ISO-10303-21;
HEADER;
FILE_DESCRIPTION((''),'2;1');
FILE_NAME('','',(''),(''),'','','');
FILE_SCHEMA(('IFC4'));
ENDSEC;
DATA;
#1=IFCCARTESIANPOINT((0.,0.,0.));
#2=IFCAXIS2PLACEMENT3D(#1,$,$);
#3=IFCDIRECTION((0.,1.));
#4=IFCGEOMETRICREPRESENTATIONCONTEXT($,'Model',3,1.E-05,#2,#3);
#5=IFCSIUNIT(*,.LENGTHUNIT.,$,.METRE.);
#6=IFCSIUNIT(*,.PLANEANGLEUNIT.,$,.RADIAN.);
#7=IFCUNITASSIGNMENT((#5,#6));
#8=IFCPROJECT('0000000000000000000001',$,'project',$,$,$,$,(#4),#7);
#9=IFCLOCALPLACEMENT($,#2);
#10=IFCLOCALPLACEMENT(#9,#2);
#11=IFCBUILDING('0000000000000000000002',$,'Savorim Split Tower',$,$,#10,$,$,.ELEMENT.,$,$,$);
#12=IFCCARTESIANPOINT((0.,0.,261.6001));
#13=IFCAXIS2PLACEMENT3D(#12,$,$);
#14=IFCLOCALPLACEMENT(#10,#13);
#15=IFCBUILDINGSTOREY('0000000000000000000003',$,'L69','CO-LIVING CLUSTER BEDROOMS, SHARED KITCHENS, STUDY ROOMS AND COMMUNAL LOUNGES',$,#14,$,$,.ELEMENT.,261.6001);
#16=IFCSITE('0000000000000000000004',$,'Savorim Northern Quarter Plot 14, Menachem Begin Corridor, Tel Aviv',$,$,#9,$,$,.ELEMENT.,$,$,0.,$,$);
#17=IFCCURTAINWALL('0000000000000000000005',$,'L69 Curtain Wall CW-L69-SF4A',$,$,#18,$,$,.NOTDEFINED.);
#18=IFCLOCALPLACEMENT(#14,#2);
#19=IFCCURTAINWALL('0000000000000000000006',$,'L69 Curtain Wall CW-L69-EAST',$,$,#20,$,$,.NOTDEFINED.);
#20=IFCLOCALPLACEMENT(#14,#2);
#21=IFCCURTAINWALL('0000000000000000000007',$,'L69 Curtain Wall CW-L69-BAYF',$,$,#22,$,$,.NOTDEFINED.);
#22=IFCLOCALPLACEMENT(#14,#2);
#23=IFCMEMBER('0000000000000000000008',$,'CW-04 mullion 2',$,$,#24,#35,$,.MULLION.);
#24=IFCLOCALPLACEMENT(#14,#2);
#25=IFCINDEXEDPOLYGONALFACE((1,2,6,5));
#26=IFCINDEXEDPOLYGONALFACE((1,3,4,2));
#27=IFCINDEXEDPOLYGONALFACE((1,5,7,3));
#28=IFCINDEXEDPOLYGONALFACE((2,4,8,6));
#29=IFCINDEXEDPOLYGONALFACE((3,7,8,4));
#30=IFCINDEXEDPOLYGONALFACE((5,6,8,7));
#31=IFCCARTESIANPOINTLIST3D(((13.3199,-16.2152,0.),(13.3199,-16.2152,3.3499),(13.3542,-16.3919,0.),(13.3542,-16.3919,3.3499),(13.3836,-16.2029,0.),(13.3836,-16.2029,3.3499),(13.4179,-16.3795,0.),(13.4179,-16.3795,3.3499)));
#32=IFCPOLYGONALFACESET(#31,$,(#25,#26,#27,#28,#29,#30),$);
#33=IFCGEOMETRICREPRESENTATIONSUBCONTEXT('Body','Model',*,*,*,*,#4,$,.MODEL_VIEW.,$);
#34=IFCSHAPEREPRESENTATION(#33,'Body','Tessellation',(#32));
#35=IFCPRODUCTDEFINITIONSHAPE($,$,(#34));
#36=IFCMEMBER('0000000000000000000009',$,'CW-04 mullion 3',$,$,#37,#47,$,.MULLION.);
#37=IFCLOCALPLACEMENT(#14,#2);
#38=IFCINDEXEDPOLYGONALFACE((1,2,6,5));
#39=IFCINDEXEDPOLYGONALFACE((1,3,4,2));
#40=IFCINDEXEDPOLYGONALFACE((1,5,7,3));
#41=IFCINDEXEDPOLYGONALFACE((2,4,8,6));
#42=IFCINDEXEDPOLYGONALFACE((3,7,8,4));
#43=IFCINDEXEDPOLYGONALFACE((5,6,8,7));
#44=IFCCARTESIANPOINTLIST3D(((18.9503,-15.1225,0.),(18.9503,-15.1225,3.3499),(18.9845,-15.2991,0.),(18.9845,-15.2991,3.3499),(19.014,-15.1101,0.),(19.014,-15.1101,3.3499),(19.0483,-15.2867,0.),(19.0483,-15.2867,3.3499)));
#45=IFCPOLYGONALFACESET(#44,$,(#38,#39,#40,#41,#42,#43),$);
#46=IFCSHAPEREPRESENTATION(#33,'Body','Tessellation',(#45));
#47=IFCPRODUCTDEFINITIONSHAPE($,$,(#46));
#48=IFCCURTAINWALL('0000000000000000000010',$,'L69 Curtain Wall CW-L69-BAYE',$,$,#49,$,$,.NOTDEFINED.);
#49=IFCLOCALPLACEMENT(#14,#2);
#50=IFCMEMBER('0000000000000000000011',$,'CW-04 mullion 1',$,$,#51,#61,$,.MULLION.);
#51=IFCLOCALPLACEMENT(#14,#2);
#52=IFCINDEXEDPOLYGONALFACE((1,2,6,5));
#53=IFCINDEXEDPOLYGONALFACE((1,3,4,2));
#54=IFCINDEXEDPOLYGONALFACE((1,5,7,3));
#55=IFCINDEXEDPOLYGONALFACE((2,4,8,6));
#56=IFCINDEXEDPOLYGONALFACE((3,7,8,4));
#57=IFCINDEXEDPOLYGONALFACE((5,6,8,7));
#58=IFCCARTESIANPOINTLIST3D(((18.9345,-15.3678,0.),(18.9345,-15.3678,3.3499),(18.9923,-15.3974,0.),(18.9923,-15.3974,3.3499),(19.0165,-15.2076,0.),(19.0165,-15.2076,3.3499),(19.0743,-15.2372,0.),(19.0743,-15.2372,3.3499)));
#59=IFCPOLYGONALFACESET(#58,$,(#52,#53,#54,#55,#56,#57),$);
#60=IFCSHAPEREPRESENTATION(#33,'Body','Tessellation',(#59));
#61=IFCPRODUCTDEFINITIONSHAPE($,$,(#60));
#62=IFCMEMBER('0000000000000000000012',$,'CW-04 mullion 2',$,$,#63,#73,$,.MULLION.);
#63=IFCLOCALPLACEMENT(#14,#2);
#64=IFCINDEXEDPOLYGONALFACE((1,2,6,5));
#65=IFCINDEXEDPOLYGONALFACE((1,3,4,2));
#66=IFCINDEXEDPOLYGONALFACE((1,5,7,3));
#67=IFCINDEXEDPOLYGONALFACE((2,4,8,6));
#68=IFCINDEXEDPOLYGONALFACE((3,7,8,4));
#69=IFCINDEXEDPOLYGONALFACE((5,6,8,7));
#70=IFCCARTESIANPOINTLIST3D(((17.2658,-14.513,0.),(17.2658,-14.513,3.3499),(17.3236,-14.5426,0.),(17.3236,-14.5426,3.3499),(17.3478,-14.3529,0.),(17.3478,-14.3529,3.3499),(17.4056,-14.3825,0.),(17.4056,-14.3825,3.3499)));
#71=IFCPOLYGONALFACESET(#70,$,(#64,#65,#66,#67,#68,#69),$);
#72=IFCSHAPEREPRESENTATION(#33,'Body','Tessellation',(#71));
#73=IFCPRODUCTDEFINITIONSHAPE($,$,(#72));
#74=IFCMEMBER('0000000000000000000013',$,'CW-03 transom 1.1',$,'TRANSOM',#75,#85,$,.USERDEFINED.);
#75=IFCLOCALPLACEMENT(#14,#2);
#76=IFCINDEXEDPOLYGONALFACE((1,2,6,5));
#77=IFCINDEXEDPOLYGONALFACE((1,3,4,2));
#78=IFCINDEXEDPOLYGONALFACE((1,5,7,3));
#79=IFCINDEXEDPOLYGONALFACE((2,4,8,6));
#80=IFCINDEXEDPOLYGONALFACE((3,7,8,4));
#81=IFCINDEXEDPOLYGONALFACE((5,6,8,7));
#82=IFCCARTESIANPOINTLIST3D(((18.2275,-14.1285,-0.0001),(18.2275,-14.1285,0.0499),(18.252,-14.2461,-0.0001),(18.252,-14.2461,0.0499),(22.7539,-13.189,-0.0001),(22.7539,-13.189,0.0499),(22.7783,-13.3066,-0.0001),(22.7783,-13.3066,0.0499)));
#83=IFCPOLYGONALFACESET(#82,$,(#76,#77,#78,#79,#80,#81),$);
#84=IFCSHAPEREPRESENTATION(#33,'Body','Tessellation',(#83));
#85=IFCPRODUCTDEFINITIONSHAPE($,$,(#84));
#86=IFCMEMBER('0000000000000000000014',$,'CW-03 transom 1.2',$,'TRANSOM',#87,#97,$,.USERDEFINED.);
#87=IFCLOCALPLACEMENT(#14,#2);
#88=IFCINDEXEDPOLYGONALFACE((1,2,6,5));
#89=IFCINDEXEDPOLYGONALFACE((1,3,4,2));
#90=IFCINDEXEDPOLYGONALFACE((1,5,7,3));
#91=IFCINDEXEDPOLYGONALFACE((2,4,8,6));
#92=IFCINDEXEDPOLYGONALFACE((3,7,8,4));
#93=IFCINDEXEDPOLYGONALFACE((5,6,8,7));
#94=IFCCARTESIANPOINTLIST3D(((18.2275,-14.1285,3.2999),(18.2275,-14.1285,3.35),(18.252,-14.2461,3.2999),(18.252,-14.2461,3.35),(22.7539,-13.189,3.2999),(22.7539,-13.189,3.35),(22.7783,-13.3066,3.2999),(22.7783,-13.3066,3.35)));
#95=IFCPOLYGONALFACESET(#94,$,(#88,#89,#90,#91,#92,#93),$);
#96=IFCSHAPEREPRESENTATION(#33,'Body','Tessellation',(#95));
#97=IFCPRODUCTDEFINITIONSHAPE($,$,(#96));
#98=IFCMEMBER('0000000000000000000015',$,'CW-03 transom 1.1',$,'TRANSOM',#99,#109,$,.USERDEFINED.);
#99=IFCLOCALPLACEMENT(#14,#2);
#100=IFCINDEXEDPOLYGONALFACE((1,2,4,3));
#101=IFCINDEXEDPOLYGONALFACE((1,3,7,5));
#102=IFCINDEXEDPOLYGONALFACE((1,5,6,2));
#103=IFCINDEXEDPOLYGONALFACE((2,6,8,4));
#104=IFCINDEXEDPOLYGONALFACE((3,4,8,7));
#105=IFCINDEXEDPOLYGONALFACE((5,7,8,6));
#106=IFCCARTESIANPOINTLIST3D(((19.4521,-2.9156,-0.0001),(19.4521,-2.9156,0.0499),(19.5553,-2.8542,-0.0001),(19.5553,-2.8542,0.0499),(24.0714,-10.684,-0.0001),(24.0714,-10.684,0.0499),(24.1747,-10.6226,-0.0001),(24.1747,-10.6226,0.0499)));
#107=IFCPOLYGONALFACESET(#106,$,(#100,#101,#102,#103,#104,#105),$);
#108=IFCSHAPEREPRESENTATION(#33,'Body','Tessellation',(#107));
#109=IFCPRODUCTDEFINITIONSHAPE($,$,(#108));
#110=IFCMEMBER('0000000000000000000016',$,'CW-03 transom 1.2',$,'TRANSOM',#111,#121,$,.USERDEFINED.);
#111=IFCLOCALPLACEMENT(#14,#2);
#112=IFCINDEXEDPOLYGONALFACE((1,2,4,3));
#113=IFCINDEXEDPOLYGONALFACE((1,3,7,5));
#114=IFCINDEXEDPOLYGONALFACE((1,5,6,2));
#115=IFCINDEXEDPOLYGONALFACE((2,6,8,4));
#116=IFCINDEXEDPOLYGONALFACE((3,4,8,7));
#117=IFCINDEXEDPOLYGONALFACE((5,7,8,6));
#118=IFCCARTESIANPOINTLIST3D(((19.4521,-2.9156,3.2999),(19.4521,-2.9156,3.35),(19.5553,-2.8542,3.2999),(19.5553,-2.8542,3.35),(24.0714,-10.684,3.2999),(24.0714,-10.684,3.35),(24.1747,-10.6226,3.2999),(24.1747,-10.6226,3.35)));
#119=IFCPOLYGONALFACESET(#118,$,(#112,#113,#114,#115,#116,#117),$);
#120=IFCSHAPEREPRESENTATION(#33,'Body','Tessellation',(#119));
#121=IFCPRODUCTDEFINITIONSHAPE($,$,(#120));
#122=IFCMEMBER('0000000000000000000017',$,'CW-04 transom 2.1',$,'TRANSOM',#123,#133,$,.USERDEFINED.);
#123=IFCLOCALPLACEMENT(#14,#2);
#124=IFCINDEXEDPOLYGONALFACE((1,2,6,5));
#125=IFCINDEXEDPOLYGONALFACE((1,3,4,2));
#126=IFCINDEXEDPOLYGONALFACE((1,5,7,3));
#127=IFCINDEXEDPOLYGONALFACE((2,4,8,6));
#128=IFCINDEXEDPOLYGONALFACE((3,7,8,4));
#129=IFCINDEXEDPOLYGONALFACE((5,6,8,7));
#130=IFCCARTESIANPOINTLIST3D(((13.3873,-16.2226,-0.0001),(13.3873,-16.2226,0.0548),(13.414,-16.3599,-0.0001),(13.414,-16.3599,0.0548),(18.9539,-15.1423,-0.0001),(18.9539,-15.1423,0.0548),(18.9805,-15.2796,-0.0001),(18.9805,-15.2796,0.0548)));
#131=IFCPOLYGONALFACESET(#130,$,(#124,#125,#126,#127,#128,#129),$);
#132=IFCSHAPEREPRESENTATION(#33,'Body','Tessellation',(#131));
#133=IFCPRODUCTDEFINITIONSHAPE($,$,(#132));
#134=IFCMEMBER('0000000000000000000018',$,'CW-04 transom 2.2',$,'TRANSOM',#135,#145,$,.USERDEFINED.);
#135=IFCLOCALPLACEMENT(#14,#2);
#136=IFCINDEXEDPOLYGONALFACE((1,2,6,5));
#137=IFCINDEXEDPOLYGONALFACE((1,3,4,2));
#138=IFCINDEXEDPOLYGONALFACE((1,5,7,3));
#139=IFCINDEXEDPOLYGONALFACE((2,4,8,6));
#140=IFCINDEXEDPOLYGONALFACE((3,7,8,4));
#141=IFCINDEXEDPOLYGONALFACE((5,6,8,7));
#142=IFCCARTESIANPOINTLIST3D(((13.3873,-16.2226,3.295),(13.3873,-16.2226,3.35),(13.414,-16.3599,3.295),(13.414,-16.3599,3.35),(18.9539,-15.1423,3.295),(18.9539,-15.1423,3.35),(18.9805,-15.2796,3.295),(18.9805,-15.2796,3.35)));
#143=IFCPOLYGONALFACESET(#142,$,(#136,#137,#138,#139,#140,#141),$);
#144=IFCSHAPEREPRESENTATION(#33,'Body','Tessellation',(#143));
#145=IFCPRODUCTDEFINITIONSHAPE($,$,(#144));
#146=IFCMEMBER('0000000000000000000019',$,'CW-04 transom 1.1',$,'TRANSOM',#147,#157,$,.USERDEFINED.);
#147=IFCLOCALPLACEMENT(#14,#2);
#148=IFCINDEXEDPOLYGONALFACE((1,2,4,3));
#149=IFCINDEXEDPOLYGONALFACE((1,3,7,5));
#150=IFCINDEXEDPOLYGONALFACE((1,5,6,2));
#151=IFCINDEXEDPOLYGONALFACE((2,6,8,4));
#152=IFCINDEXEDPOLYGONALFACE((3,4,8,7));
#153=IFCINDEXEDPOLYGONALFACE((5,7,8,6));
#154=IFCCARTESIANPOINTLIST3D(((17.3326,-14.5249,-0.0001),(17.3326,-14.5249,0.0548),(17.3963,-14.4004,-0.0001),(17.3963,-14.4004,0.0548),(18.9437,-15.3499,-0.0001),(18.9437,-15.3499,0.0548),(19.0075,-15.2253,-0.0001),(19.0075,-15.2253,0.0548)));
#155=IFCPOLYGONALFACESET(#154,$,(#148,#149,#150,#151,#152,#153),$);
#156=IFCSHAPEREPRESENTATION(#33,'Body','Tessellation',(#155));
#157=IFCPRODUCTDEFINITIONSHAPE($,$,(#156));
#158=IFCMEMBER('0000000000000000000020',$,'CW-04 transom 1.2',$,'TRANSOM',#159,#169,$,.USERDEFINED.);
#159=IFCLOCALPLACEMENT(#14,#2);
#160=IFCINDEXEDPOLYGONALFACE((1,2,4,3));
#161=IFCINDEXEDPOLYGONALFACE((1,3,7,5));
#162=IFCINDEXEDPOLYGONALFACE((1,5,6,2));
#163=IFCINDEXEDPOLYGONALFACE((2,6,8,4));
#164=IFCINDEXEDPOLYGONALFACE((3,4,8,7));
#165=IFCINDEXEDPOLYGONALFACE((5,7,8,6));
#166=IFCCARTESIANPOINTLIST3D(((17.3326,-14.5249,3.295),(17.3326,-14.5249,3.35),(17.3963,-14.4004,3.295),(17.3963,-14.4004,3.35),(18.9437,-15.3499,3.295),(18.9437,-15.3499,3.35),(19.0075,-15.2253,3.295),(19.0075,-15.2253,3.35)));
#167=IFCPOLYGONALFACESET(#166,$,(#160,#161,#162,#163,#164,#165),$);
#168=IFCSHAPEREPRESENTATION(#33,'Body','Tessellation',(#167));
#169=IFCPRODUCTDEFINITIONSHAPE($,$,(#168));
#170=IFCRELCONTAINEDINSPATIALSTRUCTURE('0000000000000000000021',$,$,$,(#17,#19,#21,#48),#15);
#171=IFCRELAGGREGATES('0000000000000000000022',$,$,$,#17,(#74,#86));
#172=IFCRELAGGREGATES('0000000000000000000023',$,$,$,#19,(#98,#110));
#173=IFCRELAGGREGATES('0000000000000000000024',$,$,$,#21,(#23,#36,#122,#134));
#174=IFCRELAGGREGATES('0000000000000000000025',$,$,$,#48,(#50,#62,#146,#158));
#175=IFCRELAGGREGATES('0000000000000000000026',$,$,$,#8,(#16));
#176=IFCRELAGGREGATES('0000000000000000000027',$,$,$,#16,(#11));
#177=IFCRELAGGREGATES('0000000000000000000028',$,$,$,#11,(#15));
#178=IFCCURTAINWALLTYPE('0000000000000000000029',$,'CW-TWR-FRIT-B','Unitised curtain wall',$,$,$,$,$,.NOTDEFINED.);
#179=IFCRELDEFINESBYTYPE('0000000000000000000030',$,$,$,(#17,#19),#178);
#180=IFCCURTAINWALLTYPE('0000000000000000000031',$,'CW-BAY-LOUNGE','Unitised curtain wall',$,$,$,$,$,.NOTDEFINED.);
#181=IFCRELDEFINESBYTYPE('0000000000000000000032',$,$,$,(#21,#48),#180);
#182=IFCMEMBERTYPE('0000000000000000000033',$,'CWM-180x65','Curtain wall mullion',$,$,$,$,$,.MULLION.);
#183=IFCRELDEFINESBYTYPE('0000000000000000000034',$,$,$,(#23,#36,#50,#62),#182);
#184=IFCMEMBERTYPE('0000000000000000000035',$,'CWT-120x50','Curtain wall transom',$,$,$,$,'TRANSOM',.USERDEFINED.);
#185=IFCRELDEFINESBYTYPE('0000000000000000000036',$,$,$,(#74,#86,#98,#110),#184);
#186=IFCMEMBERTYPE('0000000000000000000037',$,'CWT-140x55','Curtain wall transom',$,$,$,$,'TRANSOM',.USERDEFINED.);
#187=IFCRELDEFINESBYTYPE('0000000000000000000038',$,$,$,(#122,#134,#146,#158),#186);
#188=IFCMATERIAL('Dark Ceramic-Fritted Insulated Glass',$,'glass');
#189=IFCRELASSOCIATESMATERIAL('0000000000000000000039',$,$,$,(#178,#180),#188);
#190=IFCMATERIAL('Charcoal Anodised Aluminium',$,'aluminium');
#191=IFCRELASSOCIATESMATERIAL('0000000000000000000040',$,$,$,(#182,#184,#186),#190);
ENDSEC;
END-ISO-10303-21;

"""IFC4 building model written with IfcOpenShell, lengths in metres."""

from ifc_helpers import new_model, si_unit, direction, frame, origin, origin_2d, place, context, subcontext, project, spatial, rectangle, extrude, material, material_profile, profile_set, type_object, element, aggregate, save


model = new_model("IFC4")

# Units and contexts
model_context = context("Model", 3, precision=1e-05, world=origin(), true_north=direction((0.0, 1.0)))
body_context = subcontext(model_context, "Body", "Model", "MODEL_VIEW")
ifc_project = project(units=[si_unit("LENGTHUNIT", "METRE"), si_unit("PLANEANGLEUNIT", "RADIAN")], contexts=[model_context])

# Site, building, storey
site_placement = place(None, origin())
site = spatial("IfcSite", under=ifc_project, at=site_placement, Name="Savorim Northern Quarter Plot 14, Menachem Begin Corridor, Tel Aviv", CompositionType="ELEMENT", RefElevation=0.0)
building_placement = place(site_placement, origin())
building = spatial("IfcBuilding", under=site, at=building_placement, Name="Savorim Split Tower", CompositionType="ELEMENT")
storey_placement = place(building_placement, frame((0.0, 0.0, 261.6001)))
storey = spatial("IfcBuildingStorey", under=building, at=storey_placement, Name="L69", Description="CO-LIVING CLUSTER BEDROOMS, SHARED KITCHENS, STUDY ROOMS AND COMMUNAL LOUNGES", CompositionType="ELEMENT", Elevation=261.6001)

# Curtain wall
ifc_material_1 = material(Name="Dark Ceramic-Fritted Insulated Glass", Category="glass")
curtain_wall_type_1 = type_object("IfcCurtainWallType", Name="CW-TWR-FRIT-B", Description="Unitised curtain wall", PredefinedType="NOTDEFINED", material=ifc_material_1)
curtain_wall_1_placement = place(storey_placement, origin())
curtain_wall_1 = element("IfcCurtainWall", 1, at=curtain_wall_1_placement, inside=storey, type_object=curtain_wall_type_1, Name="L69 Curtain Wall CW-L69-SF4A", PredefinedType="NOTDEFINED")
ifc_material_2 = material(Name="Charcoal Anodised Aluminium", Category="aluminium")

# Curtain wall
curtain_wall_2_placement = place(storey_placement, origin())
curtain_wall_2 = element("IfcCurtainWall", 2, at=curtain_wall_2_placement, inside=storey, type_object=curtain_wall_type_1, Name="L69 Curtain Wall CW-L69-EAST", PredefinedType="NOTDEFINED")

# Curtain walls, members
curtain_wall_type_2 = type_object("IfcCurtainWallType", Name="CW-BAY-LOUNGE", Description="Unitised curtain wall", PredefinedType="NOTDEFINED", material=ifc_material_1)
curtain_wall_3_placement = place(storey_placement, origin())
curtain_wall_3 = element("IfcCurtainWall", 3, at=curtain_wall_3_placement, inside=storey, type_object=curtain_wall_type_2, Name="L69 Curtain Wall CW-L69-BAYF", PredefinedType="NOTDEFINED")
ifc_material_profile_1 = material_profile(ifc_material_2, rectangle(XDim=0.1799, YDim=0.0649, at=origin_2d()), Name="ALU-M 180x65")
ifc_profile_set_1 = profile_set([ifc_material_profile_1], Name="Charcoal Anodised Aluminium")
member_type_1 = type_object("IfcMemberType", Name="CWM-180x65", Description="Curtain wall mullion", PredefinedType="MULLION", material=ifc_profile_set_1)
member_1_placement = place(storey_placement, frame((13.3689, -16.2974, 0.0), z_axis=(0.0, 0.0, 1.0), x_axis=(-0.19052, 0.981683, 0.0)))
member_1 = element("IfcMember", 4, at=member_1_placement, type_object=member_type_1, Name="CW-04 mullion 2", PredefinedType="MULLION", context=body_context, shape_type="SweptSolid", body=[
    extrude(rectangle(XDim=0.1799, YDim=0.0649, at=origin_2d()), origin(), (0.0, 0.0, 1.0), 3.3499),
])
member_2_placement = place(storey_placement, frame((18.9993, -15.2046, 0.0), z_axis=(0.0, 0.0, 1.0), x_axis=(-0.19052, 0.981683, 0.0)))
member_2 = element("IfcMember", 5, at=member_2_placement, type_object=member_type_1, Name="CW-04 mullion 3", PredefinedType="MULLION", context=body_context, shape_type="SweptSolid", body=[
    extrude(rectangle(XDim=0.1799, YDim=0.0649, at=origin_2d()), origin(), (0.0, 0.0, 1.0), 3.3499),
])
curtain_wall_4_placement = place(storey_placement, origin())
curtain_wall_4 = element("IfcCurtainWall", 6, at=curtain_wall_4_placement, inside=storey, type_object=curtain_wall_type_2, Name="L69 Curtain Wall CW-L69-BAYE", PredefinedType="NOTDEFINED")
member_3_placement = place(storey_placement, frame((19.0044, -15.3025, 0.0), z_axis=(0.0, 0.0, 1.0), x_axis=(-0.455832, -0.890066, 0.0)))
member_3 = element("IfcMember", 7, at=member_3_placement, type_object=member_type_1, Name="CW-04 mullion 1", PredefinedType="MULLION", context=body_context, shape_type="SweptSolid", body=[
    extrude(rectangle(XDim=0.1799, YDim=0.0649, at=origin_2d()), origin(), (0.0, 0.0, 1.0), 3.3499),
])
member_4_placement = place(storey_placement, frame((17.3357, -14.4478, 0.0), z_axis=(0.0, 0.0, 1.0), x_axis=(-0.455832, -0.890066, 0.0)))
member_4 = element("IfcMember", 8, at=member_4_placement, type_object=member_type_1, Name="CW-04 mullion 2", PredefinedType="MULLION", context=body_context, shape_type="SweptSolid", body=[
    extrude(rectangle(XDim=0.1799, YDim=0.0649, at=origin_2d()), origin(), (0.0, 0.0, 1.0), 3.3499),
])

# Members
ifc_material_profile_2 = material_profile(ifc_material_2, rectangle(XDim=0.1201, YDim=0.05, at=origin_2d()), Name="ALU-T 120x50")
ifc_profile_set_2 = profile_set([ifc_material_profile_2], Name="Charcoal Anodised Aluminium")
member_type_2 = type_object("IfcMemberType", Name="CWT-120x50", Description="Curtain wall transom", ElementType="TRANSOM", PredefinedType="USERDEFINED", material=ifc_profile_set_2)
member_5_placement = place(storey_placement, frame((18.2397, -14.1873, 0.0249), z_axis=(0.979133, 0.20322, 0.0), x_axis=(-0.20322, 0.979133, 0.0)))
member_5 = element("IfcMember", 9, at=member_5_placement, type_object=member_type_2, Name="CW-03 transom 1.1", ObjectType="TRANSOM", PredefinedType="USERDEFINED", context=body_context, shape_type="SweptSolid", body=[
    extrude(rectangle(XDim=0.1201, YDim=0.05, at=origin_2d()), origin(), (0.0, 0.0, 1.0), 4.6228),
])
member_6_placement = place(storey_placement, frame((18.2397, -14.1873, 3.325), z_axis=(0.979133, 0.20322, 0.0), x_axis=(-0.20322, 0.979133, 0.0)))
member_6 = element("IfcMember", 10, at=member_6_placement, type_object=member_type_2, Name="CW-03 transom 1.2", ObjectType="TRANSOM", PredefinedType="USERDEFINED", context=body_context, shape_type="SweptSolid", body=[
    extrude(rectangle(XDim=0.1201, YDim=0.05, at=origin_2d()), origin(), (0.0, 0.0, 1.0), 4.6228),
])
member_7_placement = place(storey_placement, frame((24.123, -10.6533, 0.0249), z_axis=(-0.511095, 0.859524, 0.0), x_axis=(-0.859524, -0.511095, 0.0)))
member_7 = element("IfcMember", 11, at=member_7_placement, type_object=member_type_2, Name="CW-03 transom 1.1", ObjectType="TRANSOM", PredefinedType="USERDEFINED", context=body_context, shape_type="SweptSolid", body=[
    extrude(rectangle(XDim=0.1201, YDim=0.05, at=origin_2d()), origin(), (0.0, 0.0, 1.0), 9.0381),
])
member_8_placement = place(storey_placement, frame((24.123, -10.6533, 3.325), z_axis=(-0.511095, 0.859524, 0.0), x_axis=(-0.859524, -0.511095, 0.0)))
member_8 = element("IfcMember", 12, at=member_8_placement, type_object=member_type_2, Name="CW-03 transom 1.2", ObjectType="TRANSOM", PredefinedType="USERDEFINED", context=body_context, shape_type="SweptSolid", body=[
    extrude(rectangle(XDim=0.1201, YDim=0.05, at=origin_2d()), origin(), (0.0, 0.0, 1.0), 9.0381),
])
ifc_material_profile_3 = material_profile(ifc_material_2, rectangle(XDim=0.1399, YDim=0.0549, at=origin_2d()), Name="ALU-T 140x55")
ifc_profile_set_3 = profile_set([ifc_material_profile_3], Name="Charcoal Anodised Aluminium")
member_type_3 = type_object("IfcMemberType", Name="CWT-140x55", Description="Curtain wall transom", ElementType="TRANSOM", PredefinedType="USERDEFINED", material=ifc_profile_set_3)
member_9_placement = place(storey_placement, frame((13.4006, -16.2913, 0.0273), z_axis=(0.981684, 0.190516, 0.0), x_axis=(-0.190516, 0.981684, 0.0)))
member_9 = element("IfcMember", 13, at=member_9_placement, type_object=member_type_3, Name="CW-04 transom 2.1", ObjectType="TRANSOM", PredefinedType="USERDEFINED", context=body_context, shape_type="SweptSolid", body=[
    extrude(rectangle(XDim=0.1399, YDim=0.0549, at=origin_2d()), origin(), (0.0, 0.0, 1.0), 5.6704),
])
member_10_placement = place(storey_placement, frame((13.4006, -16.2913, 3.3225), z_axis=(0.981684, 0.190516, 0.0), x_axis=(-0.190516, 0.981684, 0.0)))
member_10 = element("IfcMember", 14, at=member_10_placement, type_object=member_type_3, Name="CW-04 transom 2.2", ObjectType="TRANSOM", PredefinedType="USERDEFINED", context=body_context, shape_type="SweptSolid", body=[
    extrude(rectangle(XDim=0.1399, YDim=0.0549, at=origin_2d()), origin(), (0.0, 0.0, 1.0), 5.6704),
])
member_11_placement = place(storey_placement, frame((18.9756, -15.2876, 0.0273), z_axis=(-0.890097, 0.455772, 0.0), x_axis=(-0.455772, -0.890097, 0.0)))
member_11 = element("IfcMember", 15, at=member_11_placement, type_object=member_type_3, Name="CW-04 transom 1.1", ObjectType="TRANSOM", PredefinedType="USERDEFINED", context=body_context, shape_type="SweptSolid", body=[
    extrude(rectangle(XDim=0.1399, YDim=0.0549, at=origin_2d()), origin(), (0.0, 0.0, 1.0), 1.8101),
])
member_12_placement = place(storey_placement, frame((18.9756, -15.2876, 3.3225), z_axis=(-0.890097, 0.455772, 0.0), x_axis=(-0.455772, -0.890097, 0.0)))
member_12 = element("IfcMember", 16, at=member_12_placement, type_object=member_type_3, Name="CW-04 transom 1.2", ObjectType="TRANSOM", PredefinedType="USERDEFINED", context=body_context, shape_type="SweptSolid", body=[
    extrude(rectangle(XDim=0.1399, YDim=0.0549, at=origin_2d()), origin(), (0.0, 0.0, 1.0), 1.8101),
])

aggregate(curtain_wall_1, [member_5, member_6])
aggregate(curtain_wall_2, [member_7, member_8])
aggregate(curtain_wall_3, [member_1, member_2, member_9, member_10])
aggregate(curtain_wall_4, [member_3, member_4, member_11, member_12])

save(model, "model.ifc")
